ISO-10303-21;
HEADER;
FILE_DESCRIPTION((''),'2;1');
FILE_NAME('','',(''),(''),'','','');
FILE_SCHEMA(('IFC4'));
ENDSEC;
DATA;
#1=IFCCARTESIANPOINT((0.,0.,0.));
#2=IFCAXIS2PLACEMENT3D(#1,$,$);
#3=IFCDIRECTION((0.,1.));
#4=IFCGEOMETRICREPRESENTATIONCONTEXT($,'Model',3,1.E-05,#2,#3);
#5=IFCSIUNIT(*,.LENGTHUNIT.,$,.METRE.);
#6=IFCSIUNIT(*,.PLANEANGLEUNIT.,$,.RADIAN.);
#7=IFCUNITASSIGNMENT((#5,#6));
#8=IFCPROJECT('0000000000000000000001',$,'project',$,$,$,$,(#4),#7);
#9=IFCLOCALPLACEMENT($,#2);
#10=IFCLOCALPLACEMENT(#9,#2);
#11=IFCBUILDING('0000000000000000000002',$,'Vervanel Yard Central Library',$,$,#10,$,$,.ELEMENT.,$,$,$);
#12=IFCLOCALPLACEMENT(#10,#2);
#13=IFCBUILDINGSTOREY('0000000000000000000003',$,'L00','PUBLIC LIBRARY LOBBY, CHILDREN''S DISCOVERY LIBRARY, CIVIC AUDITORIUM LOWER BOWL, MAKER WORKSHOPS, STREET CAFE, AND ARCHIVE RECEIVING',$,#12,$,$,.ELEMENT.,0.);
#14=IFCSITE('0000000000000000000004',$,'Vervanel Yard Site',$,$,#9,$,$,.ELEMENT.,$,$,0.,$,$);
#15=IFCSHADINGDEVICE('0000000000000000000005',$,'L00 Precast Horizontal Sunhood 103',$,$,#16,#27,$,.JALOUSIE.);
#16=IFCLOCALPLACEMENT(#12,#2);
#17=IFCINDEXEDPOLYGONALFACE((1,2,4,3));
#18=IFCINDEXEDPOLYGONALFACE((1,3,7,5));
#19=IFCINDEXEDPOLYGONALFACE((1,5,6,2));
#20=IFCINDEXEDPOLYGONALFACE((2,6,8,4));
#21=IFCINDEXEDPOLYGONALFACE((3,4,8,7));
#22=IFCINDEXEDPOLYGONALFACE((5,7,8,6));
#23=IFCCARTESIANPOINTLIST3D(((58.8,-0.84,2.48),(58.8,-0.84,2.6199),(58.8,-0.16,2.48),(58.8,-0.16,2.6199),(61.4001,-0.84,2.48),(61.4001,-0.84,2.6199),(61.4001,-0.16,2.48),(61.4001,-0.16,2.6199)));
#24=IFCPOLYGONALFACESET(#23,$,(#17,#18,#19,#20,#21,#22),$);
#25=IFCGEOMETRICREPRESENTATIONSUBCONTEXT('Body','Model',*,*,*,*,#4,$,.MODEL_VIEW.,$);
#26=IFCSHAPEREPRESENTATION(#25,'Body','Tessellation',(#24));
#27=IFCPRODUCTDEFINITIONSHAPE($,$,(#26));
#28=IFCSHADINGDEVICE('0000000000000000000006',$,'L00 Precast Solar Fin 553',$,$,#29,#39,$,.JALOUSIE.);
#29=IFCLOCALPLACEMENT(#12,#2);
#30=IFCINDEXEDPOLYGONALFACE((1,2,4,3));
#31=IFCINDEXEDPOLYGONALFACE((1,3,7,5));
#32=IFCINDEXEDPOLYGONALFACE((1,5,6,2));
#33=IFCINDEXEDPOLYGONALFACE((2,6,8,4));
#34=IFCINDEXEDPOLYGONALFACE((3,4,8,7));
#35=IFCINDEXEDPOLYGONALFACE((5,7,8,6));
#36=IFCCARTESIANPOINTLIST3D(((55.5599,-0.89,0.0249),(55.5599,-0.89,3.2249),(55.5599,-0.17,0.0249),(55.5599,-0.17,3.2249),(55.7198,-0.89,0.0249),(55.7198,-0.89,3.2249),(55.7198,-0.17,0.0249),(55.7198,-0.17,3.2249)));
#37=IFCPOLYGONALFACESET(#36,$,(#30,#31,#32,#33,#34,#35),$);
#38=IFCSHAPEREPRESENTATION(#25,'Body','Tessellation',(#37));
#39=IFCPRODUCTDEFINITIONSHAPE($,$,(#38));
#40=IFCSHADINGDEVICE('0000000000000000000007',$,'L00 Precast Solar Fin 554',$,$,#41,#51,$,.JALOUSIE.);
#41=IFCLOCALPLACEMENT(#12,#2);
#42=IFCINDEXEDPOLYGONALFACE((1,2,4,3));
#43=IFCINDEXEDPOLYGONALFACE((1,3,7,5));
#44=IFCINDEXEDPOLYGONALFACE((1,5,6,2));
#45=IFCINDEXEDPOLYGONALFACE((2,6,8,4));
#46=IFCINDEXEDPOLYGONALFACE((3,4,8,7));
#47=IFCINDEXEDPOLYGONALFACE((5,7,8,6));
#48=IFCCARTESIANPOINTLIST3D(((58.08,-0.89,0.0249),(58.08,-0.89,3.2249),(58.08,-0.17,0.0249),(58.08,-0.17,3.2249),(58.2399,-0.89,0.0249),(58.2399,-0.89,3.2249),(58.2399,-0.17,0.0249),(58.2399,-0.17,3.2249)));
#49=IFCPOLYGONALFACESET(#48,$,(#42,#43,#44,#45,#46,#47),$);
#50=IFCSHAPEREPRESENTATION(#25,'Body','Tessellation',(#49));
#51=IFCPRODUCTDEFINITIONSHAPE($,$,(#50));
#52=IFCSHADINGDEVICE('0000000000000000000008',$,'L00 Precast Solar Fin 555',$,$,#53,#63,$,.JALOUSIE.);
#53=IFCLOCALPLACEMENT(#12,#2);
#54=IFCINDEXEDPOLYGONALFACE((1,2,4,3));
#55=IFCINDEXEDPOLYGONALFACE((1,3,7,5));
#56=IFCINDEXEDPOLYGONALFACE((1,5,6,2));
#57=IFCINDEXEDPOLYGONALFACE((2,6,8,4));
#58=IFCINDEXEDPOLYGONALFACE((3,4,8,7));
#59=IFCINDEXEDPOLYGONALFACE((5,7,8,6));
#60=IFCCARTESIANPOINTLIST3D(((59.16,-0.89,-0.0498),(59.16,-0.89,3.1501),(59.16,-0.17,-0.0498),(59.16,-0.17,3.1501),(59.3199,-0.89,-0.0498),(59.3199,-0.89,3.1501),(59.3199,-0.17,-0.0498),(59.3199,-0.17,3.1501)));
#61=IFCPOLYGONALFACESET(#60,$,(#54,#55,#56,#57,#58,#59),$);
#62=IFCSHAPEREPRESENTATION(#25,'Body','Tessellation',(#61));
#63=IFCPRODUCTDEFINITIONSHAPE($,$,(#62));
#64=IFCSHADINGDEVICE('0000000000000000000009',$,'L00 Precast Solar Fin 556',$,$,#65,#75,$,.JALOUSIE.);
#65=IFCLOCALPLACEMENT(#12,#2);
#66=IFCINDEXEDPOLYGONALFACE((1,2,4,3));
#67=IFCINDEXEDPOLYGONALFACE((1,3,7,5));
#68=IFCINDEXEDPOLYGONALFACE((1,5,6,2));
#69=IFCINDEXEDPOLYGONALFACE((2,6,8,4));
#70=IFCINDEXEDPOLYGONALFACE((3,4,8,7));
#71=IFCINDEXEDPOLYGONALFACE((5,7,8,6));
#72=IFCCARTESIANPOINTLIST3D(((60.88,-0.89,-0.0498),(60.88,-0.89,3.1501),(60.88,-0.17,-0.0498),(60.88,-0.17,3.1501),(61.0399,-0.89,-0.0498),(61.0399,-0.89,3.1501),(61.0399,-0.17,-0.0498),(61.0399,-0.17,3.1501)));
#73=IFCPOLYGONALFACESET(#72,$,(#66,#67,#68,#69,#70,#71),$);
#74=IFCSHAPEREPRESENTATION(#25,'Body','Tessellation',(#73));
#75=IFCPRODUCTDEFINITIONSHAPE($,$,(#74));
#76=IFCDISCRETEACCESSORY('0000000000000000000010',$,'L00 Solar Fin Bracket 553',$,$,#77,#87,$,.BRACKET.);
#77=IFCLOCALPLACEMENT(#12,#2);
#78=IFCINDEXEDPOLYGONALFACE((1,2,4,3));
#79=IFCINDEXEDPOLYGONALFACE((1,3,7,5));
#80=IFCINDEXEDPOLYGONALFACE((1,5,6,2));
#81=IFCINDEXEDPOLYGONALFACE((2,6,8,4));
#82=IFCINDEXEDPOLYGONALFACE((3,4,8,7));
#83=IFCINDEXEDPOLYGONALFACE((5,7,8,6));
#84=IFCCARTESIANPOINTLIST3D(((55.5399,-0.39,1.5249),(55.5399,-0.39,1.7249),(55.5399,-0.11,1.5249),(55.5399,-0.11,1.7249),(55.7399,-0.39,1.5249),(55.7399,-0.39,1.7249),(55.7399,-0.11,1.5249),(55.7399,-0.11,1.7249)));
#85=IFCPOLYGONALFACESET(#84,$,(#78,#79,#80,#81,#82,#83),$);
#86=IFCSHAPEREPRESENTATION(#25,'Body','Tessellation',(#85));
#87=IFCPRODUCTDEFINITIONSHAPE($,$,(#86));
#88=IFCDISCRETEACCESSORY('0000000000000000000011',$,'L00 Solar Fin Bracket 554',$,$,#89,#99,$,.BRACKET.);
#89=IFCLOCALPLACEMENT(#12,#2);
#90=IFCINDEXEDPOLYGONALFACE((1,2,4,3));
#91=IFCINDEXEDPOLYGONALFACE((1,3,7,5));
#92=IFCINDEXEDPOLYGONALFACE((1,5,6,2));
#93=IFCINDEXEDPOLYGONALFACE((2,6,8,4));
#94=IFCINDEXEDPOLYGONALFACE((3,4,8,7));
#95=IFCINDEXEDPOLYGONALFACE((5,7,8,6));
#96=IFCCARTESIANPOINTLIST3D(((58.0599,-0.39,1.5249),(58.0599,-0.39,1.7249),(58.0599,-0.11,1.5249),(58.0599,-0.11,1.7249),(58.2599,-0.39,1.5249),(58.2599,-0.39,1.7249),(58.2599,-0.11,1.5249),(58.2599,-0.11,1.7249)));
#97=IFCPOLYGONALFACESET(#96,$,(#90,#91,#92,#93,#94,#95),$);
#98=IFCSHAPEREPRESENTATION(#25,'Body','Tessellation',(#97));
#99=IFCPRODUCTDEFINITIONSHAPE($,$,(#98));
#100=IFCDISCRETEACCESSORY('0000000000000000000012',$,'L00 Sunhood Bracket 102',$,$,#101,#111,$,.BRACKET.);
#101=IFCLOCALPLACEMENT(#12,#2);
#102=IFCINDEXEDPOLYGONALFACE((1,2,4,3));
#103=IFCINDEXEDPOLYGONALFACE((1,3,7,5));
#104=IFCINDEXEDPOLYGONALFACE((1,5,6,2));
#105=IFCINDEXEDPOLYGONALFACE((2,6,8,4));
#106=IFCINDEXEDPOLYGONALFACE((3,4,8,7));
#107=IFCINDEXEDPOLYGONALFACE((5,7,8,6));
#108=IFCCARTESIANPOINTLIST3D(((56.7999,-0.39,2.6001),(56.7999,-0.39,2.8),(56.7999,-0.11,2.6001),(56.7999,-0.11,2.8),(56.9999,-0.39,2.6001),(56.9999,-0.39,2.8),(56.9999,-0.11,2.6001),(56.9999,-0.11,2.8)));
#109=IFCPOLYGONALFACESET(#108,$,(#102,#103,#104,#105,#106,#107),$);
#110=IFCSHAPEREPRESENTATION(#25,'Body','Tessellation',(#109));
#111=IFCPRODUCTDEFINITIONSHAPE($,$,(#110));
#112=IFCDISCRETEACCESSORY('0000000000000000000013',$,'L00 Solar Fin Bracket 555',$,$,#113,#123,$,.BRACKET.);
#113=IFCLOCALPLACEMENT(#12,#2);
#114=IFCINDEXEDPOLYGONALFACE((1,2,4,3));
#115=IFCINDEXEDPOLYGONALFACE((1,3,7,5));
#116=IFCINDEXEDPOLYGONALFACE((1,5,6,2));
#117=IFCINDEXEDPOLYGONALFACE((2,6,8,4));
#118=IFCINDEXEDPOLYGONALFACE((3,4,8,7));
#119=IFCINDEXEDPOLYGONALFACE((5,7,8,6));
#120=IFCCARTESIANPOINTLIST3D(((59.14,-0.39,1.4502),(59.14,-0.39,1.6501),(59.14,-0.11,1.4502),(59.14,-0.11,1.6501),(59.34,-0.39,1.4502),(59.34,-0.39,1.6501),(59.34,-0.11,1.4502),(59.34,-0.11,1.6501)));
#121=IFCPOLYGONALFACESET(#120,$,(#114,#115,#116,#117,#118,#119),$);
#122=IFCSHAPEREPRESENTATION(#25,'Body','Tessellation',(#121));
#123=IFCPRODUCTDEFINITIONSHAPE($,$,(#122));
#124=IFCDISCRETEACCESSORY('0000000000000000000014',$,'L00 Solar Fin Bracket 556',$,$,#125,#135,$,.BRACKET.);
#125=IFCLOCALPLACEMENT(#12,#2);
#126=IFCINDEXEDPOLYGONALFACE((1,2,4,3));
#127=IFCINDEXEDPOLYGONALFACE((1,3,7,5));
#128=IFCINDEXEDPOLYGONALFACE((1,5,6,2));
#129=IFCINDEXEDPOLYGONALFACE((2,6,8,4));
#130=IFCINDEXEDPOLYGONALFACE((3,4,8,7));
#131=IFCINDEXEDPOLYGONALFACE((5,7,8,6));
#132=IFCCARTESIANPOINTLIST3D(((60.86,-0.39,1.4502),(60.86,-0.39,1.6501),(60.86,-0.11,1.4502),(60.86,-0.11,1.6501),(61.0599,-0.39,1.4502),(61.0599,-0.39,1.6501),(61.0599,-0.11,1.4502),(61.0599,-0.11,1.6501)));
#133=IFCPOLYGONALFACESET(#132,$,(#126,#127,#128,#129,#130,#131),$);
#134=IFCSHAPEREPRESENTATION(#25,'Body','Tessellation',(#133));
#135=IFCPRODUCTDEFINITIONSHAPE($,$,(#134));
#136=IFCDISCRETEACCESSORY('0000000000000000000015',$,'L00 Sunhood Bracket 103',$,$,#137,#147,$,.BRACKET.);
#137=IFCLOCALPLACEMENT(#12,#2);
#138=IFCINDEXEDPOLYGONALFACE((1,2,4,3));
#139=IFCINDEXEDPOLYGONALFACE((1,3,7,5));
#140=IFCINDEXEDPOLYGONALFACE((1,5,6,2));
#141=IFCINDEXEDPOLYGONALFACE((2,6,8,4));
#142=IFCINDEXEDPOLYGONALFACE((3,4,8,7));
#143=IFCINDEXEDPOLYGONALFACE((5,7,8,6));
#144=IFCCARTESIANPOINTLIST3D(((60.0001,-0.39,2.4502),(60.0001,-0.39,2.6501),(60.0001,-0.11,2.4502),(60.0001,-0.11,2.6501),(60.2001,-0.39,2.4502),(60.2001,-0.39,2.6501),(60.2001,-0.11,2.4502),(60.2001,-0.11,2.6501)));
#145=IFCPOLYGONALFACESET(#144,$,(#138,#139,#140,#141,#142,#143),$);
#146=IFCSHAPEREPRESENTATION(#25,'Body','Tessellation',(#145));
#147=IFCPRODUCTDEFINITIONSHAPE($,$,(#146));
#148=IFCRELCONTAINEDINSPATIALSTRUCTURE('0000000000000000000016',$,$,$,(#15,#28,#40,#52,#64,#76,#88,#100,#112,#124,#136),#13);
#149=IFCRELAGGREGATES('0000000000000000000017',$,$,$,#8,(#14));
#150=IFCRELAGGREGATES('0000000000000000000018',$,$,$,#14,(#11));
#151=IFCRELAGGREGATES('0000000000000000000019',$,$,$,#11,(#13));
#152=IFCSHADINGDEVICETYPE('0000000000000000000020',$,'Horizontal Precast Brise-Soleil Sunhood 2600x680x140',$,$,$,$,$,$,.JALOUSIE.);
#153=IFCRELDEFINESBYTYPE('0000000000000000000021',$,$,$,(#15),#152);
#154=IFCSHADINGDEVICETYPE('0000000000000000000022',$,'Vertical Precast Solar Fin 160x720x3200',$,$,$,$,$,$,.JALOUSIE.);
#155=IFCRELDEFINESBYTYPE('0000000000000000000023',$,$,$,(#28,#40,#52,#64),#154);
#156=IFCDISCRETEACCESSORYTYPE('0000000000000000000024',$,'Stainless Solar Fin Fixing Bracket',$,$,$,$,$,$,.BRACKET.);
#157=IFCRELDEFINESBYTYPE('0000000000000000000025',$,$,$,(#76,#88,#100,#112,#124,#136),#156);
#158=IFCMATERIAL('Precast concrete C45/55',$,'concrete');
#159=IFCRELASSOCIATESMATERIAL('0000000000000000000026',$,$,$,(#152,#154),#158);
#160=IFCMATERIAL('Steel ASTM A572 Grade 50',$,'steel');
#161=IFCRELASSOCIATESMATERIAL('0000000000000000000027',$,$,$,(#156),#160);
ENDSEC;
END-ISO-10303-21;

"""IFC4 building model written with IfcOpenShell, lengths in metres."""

from ifc_helpers import new_model, si_unit, direction, frame, origin, origin_2d, place, context, subcontext, project, spatial, rectangle, extrude, material, type_object, element, save


model = new_model("IFC4")

# Units and contexts
model_context = context("Model", 3, precision=1e-05, world=origin(), true_north=direction((0.0, 1.0)))
body_context = subcontext(model_context, "Body", "Model", "MODEL_VIEW")
ifc_project = project(units=[si_unit("LENGTHUNIT", "METRE"), si_unit("PLANEANGLEUNIT", "RADIAN")], contexts=[model_context])

# Site, building, storey
site_placement = place(None, origin())
site = spatial("IfcSite", under=ifc_project, at=site_placement, Name="Vervanel Yard Site", CompositionType="ELEMENT", RefElevation=0.0)
building_placement = place(site_placement, origin())
building = spatial("IfcBuilding", under=site, at=building_placement, Name="Vervanel Yard Central Library", CompositionType="ELEMENT")
storey_placement = place(building_placement, origin())
storey = spatial("IfcBuildingStorey", under=building, at=storey_placement, Name="L00", Description="PUBLIC LIBRARY LOBBY, CHILDREN'S DISCOVERY LIBRARY, CIVIC AUDITORIUM LOWER BOWL, MAKER WORKSHOPS, STREET CAFE, AND ARCHIVE RECEIVING", CompositionType="ELEMENT", Elevation=0.0)

# Shared definitions
ifc_material_1 = material(Name="Steel ASTM A572 Grade 50", Category="steel")

# Shared definitions
ifc_material_2 = material(Name="Precast concrete C45/55", Category="concrete")

# Shading devices
shading_device_type_1 = type_object("IfcShadingDeviceType", Name="Horizontal Precast Brise-Soleil Sunhood 2600x680x140", PredefinedType="JALOUSIE", material=ifc_material_2)
for number, where, z_axis, x_axis, name in (
    (1, (60.1001, -0.5, 2.48), (0.0, 0.0, 1.0), (1.0, 0.0, 0.0), "L00 Precast Horizontal Sunhood 103"),
):
    element("IfcShadingDevice", number, at=place(storey_placement, frame(where, z_axis=z_axis, x_axis=x_axis)), inside=storey, type_object=shading_device_type_1, Name=name, PredefinedType="JALOUSIE", context=body_context, shape_type="SweptSolid", body=[
        extrude(rectangle(XDim=2.6001, YDim=0.6799, at=origin_2d()), origin(), (0.0, 0.0, 1.0), 0.1399),
    ])
shading_device_type_2 = type_object("IfcShadingDeviceType", Name="Vertical Precast Solar Fin 160x720x3200", PredefinedType="JALOUSIE", material=ifc_material_2)
for number, where, z_axis, x_axis, name in (
    (2, (55.6399, -0.53, 0.0249), (0.0, 0.0, 1.0), (1.0, 0.0, 0.0), "L00 Precast Solar Fin 553"),
    (3, (58.1599, -0.53, 0.0249), (0.0, 0.0, 1.0), (1.0, 0.0, 0.0), "L00 Precast Solar Fin 554"),
    (4, (59.24, -0.53, -0.0498), (0.0, 0.0, 1.0), (1.0, 0.0, 0.0), "L00 Precast Solar Fin 555"),
    (5, (60.96, -0.53, -0.0498), (0.0, 0.0, 1.0), (1.0, 0.0, 0.0), "L00 Precast Solar Fin 556"),
):
    element("IfcShadingDevice", number, at=place(storey_placement, frame(where, z_axis=z_axis, x_axis=x_axis)), inside=storey, type_object=shading_device_type_2, Name=name, PredefinedType="JALOUSIE", context=body_context, shape_type="SweptSolid", body=[
        extrude(rectangle(XDim=0.1599, YDim=0.72, at=origin_2d()), origin(), (0.0, 0.0, 1.0), 3.2),
    ])

# Discrete accessories
discrete_accessory_type = type_object("IfcDiscreteAccessoryType", Name="Stainless Solar Fin Fixing Bracket", PredefinedType="BRACKET", material=ifc_material_1)
for number, where, z_axis, x_axis, name in (
    (6, (55.6399, -0.25, 1.5249), (0.0, 0.0, 1.0), (1.0, 0.0, 0.0), "L00 Solar Fin Bracket 553"),
    (7, (58.1599, -0.25, 1.5249), (0.0, 0.0, 1.0), (1.0, 0.0, 0.0), "L00 Solar Fin Bracket 554"),
    (8, (56.8999, -0.25, 2.6001), (0.0, 0.0, 1.0), (1.0, 0.0, 0.0), "L00 Sunhood Bracket 102"),
    (9, (59.24, -0.25, 1.4502), (0.0, 0.0, 1.0), (1.0, 0.0, 0.0), "L00 Solar Fin Bracket 555"),
    (10, (60.96, -0.25, 1.4502), (0.0, 0.0, 1.0), (1.0, 0.0, 0.0), "L00 Solar Fin Bracket 556"),
    (11, (60.1001, -0.25, 2.4502), (0.0, 0.0, 1.0), (1.0, 0.0, 0.0), "L00 Sunhood Bracket 103"),
):
    element("IfcDiscreteAccessory", number, at=place(storey_placement, frame(where, z_axis=z_axis, x_axis=x_axis)), inside=storey, type_object=discrete_accessory_type, Name=name, PredefinedType="BRACKET", context=body_context, shape_type="SweptSolid", body=[
        extrude(rectangle(XDim=0.2, YDim=0.28, at=origin_2d()), origin(), (0.0, 0.0, 1.0), 0.2),
    ])

save(model, "model.ifc")
